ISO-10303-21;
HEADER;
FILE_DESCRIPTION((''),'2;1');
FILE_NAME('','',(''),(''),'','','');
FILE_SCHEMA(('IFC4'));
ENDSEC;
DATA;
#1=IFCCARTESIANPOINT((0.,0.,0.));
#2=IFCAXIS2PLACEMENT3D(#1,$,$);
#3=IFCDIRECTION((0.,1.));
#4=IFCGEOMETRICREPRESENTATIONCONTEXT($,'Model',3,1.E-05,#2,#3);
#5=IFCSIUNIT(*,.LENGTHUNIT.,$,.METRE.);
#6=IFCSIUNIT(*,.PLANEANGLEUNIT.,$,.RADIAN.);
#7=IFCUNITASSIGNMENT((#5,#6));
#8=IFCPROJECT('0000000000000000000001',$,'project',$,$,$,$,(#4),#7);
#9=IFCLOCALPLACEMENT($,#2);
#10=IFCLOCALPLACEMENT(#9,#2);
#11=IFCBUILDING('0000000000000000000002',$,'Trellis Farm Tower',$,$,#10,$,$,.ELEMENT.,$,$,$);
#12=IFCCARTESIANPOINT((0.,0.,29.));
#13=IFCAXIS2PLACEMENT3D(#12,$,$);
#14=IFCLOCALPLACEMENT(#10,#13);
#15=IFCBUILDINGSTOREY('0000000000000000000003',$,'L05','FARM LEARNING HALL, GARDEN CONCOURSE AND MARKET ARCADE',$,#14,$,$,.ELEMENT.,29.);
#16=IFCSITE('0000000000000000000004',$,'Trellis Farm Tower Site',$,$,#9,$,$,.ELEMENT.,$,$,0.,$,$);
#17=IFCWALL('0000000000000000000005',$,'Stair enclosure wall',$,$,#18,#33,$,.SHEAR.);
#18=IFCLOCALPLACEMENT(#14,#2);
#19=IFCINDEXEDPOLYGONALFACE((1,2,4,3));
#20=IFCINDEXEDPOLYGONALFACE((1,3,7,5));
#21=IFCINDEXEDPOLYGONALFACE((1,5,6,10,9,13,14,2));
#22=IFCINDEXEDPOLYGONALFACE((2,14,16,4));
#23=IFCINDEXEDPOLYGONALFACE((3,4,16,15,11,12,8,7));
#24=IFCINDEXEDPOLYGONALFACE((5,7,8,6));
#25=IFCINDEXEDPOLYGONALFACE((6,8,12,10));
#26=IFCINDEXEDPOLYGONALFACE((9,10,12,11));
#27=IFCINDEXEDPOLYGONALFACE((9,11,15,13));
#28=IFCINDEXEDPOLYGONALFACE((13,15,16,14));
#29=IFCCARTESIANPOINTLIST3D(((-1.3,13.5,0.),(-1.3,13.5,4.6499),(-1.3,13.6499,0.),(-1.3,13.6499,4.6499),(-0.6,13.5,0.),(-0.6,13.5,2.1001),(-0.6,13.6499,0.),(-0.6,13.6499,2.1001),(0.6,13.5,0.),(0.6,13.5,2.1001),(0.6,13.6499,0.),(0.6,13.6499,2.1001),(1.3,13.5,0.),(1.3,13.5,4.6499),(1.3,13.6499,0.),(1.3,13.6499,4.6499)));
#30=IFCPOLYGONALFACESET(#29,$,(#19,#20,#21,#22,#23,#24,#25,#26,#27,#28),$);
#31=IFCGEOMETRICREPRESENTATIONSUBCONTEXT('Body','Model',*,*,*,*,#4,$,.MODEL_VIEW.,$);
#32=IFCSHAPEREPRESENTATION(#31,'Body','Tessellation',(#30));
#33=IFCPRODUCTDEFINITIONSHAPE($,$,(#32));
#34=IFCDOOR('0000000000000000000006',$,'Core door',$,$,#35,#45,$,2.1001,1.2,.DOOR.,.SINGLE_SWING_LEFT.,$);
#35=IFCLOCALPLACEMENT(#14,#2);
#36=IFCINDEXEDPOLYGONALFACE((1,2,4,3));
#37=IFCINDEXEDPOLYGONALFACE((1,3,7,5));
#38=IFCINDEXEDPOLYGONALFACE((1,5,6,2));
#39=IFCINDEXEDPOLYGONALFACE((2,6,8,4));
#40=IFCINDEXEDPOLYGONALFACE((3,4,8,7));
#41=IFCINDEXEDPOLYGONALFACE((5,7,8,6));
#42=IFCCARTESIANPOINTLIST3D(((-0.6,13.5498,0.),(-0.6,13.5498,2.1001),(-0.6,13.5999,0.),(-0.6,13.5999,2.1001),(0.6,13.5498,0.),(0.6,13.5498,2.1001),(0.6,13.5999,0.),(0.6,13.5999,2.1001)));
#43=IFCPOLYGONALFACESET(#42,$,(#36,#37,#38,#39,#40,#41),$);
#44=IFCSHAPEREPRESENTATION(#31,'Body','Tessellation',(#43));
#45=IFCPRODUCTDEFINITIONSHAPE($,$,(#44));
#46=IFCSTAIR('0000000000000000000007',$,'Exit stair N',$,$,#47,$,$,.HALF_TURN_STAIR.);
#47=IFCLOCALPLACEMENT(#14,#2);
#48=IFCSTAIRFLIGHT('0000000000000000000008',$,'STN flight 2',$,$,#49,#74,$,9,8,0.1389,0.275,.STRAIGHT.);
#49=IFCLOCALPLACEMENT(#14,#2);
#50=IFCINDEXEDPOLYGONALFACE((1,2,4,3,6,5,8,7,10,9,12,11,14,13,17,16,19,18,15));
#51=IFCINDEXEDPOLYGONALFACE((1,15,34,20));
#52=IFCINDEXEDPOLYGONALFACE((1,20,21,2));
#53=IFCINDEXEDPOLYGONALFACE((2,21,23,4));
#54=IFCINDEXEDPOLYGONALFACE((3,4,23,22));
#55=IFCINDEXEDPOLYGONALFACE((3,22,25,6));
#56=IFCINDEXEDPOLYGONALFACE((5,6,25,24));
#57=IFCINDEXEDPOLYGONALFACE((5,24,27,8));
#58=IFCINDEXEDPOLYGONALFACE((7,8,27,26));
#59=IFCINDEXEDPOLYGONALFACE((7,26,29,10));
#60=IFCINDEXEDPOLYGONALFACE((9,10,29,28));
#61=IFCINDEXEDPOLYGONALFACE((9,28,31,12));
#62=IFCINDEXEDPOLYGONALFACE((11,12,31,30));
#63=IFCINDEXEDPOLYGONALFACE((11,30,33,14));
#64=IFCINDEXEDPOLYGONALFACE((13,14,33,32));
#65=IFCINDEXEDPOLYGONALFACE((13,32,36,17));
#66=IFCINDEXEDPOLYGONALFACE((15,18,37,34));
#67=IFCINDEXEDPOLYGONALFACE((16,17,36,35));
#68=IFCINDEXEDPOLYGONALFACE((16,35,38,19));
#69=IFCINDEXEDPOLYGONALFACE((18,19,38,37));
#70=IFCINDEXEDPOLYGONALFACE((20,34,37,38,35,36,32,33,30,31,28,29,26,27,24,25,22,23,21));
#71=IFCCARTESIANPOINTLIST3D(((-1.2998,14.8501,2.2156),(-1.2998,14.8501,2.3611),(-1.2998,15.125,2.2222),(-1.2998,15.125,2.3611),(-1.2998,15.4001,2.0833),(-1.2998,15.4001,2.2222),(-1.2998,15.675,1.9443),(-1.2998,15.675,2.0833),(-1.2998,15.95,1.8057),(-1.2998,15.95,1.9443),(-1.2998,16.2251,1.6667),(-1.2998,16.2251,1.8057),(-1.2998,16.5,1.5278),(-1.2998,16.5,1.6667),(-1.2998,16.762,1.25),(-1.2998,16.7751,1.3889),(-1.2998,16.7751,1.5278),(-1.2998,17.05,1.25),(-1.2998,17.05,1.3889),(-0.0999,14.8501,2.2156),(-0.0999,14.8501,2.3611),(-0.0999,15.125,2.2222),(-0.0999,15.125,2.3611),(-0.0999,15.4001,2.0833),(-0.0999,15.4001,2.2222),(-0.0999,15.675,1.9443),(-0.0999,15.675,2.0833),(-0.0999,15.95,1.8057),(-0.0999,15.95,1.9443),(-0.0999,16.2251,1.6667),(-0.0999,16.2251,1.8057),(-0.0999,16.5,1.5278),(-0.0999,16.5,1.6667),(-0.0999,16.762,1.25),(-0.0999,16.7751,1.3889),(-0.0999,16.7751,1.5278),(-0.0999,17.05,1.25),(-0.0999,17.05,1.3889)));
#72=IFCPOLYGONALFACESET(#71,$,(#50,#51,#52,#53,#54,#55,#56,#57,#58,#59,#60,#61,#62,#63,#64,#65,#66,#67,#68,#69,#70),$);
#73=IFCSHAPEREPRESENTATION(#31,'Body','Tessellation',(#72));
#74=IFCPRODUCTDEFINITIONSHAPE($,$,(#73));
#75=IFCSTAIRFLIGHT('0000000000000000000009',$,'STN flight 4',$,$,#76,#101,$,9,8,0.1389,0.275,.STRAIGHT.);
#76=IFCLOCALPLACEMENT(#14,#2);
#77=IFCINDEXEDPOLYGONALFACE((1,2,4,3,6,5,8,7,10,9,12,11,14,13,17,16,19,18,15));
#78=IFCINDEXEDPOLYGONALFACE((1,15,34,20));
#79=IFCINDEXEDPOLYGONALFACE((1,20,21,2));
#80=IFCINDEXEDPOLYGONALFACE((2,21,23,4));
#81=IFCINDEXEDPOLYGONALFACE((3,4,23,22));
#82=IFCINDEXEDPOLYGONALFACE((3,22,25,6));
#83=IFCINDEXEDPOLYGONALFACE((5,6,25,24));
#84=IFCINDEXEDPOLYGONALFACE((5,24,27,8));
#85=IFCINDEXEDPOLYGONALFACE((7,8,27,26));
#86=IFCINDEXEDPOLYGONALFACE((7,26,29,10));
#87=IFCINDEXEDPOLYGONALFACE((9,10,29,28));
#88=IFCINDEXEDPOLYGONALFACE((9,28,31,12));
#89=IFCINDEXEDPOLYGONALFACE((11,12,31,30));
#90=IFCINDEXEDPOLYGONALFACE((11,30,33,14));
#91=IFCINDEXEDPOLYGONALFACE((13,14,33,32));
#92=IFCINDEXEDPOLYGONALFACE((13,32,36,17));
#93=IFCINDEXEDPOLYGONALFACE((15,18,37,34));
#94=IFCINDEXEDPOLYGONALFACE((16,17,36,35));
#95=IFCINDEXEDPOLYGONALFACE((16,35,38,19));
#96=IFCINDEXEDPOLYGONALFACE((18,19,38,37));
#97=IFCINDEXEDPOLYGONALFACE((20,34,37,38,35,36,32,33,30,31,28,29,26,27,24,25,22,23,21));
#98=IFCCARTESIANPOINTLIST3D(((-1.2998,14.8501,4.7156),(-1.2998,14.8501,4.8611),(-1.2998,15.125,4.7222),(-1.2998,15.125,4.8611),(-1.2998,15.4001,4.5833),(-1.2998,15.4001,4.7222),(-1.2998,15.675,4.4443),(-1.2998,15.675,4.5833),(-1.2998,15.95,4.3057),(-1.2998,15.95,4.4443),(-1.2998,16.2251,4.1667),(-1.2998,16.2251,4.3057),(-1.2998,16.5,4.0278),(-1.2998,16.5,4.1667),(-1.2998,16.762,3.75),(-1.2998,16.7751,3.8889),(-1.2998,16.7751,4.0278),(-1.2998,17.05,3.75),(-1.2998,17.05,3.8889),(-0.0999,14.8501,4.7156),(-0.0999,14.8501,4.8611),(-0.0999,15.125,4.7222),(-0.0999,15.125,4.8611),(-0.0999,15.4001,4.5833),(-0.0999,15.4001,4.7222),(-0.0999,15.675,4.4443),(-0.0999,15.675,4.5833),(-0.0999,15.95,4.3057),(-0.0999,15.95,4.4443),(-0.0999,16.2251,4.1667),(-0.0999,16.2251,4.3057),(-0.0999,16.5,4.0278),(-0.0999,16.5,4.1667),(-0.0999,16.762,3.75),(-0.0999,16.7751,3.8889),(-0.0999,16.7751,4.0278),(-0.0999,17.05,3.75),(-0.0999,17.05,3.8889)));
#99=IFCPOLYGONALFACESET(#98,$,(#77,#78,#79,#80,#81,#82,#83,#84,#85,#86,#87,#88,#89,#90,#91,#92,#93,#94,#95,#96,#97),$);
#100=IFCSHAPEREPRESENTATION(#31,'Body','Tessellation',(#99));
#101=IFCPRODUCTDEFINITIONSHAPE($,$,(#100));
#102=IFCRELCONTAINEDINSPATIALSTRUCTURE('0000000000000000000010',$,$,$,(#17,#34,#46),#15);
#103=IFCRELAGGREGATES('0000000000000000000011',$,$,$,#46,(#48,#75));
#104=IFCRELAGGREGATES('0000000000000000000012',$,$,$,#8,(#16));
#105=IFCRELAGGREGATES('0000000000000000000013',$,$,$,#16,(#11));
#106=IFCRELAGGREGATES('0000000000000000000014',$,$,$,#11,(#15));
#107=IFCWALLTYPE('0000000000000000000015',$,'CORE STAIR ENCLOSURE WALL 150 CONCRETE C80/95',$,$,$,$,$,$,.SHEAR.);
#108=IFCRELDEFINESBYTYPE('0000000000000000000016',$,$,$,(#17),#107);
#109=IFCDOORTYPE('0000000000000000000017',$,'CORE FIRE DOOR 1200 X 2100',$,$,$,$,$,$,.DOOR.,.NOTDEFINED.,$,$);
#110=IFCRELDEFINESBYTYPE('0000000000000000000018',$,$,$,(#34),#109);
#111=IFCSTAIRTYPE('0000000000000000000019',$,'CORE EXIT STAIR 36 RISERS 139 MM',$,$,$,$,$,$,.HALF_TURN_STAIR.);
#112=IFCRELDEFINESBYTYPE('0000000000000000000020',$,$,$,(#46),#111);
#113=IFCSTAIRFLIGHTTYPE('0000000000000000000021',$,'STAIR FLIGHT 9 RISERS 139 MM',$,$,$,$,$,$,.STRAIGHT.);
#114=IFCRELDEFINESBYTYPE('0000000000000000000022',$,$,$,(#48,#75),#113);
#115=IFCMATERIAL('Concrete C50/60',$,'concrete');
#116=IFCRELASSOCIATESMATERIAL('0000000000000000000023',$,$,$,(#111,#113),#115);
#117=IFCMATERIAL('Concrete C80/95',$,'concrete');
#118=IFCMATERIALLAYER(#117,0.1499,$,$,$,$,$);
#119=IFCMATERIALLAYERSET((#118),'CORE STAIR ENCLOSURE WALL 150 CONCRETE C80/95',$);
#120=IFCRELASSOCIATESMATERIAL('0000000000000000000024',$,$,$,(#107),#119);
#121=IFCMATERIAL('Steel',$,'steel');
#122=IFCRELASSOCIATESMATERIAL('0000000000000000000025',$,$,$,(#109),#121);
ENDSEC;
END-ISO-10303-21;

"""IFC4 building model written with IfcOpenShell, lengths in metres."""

from ifc_helpers import new_model, si_unit, direction, frame, frame_2d, origin, place, context, subcontext, project, spatial, polyline, rectangle, outline, extrude, source, transform, mapped, material, layer, layer_set, type_object, element, fill, aggregate, save


model = new_model("IFC4")

# Units and contexts
model_context = context("Model", 3, precision=1e-05, world=origin(), true_north=direction((0.0, 1.0)))
body_context = subcontext(model_context, "Body", "Model", "MODEL_VIEW")
ifc_project = project(units=[si_unit("LENGTHUNIT", "METRE"), si_unit("PLANEANGLEUNIT", "RADIAN")], contexts=[model_context])

# Site, building, storey
site_placement = place(None, origin())
site = spatial("IfcSite", under=ifc_project, at=site_placement, Name="Trellis Farm Tower Site", CompositionType="ELEMENT", RefElevation=0.0)
building_placement = place(site_placement, origin())
building = spatial("IfcBuilding", under=site, at=building_placement, Name="Trellis Farm Tower", CompositionType="ELEMENT")
storey_placement = place(building_placement, frame((0.0, 0.0, 29.0)))
storey = spatial("IfcBuildingStorey", under=building, at=storey_placement, Name="L05", Description="FARM LEARNING HALL, GARDEN CONCOURSE AND MARKET ARCADE", CompositionType="ELEMENT", Elevation=29.0)

# Shared definitions
ifc_material_1 = material(Name="Concrete C80/95", Category="concrete")

# Shared definitions
ifc_material_2 = material(Name="Concrete C50/60", Category="concrete")
stair_type = type_object("IfcStairType", Name="CORE EXIT STAIR 36 RISERS 139 MM", PredefinedType="HALF_TURN_STAIR", material=ifc_material_2)
placement = place(storey_placement, origin())

# Wall, opening, door
ifc_layer_1 = layer(ifc_material_1, 0.1499)
ifc_layer_set_1 = layer_set([ifc_layer_1], Name="CORE STAIR ENCLOSURE WALL 150 CONCRETE C80/95")
wall_type_1 = type_object("IfcWallType", Name="CORE STAIR ENCLOSURE WALL 150 CONCRETE C80/95", PredefinedType="SHEAR", material=ifc_layer_set_1)
shared_shape_1 = source(origin(), body_context, "Body", "SweptSolid", [
    extrude(rectangle(XDim=2.6001, YDim=0.1499, at=frame_2d((1.3, 0.0))), origin(), (0.0, 0.0, 1.0), 4.6499),
])
wall_1_placement = place(storey_placement, frame((-1.3, 13.575, 0.0), z_axis=(0.0, 0.0, 1.0), x_axis=(1.0, 0.0, 0.0)))
wall_1 = element("IfcWall", 1, at=wall_1_placement, inside=storey, type_object=wall_type_1, Name="Stair enclosure wall", PredefinedType="SHEAR", context=body_context, shape_type="MappedRepresentation", body=[
    mapped(shared_shape_1, transform((0.0, 0.0, 0.0))),
])
shared_shape_2 = source(origin(), body_context, "Body", "SweptSolid", [
    extrude(rectangle(XDim=1.2, YDim=2.1001, at=frame_2d((0.6001, 1.05))), frame((0.0, 0.085, 0.0), z_axis=(0.0, -1.0, 0.0), x_axis=(1.0, 0.0, 0.0)), (0.0, 0.0, 1.0), 0.1699),
])
opening_placement = place(wall_1_placement, frame((0.7, 0.0, 0.0)))
opening = element("IfcOpeningElement", 2, at=opening_placement, cuts=wall_1, PredefinedType="OPENING", context=body_context, shape_type="MappedRepresentation", body=[
    mapped(shared_shape_2, transform((0.0, 0.0, 0.0))),
])
ifc_material_3 = material(Name="Steel", Category="steel")
door_type = type_object("IfcDoorType", Name="CORE FIRE DOOR 1200 X 2100", OperationType="NOTDEFINED", PredefinedType="DOOR", material=ifc_material_3)
shared_shape_3 = source(origin(), body_context, "Body", "SweptSolid", [
    extrude(rectangle(XDim=1.2, YDim=2.1001, at=frame_2d((0.6001, 1.05))), frame((0.0, 0.0249, 0.0), z_axis=(0.0, -1.0, 0.0), x_axis=(1.0, 0.0, 0.0)), (0.0, 0.0, 1.0), 0.05),
])
door_placement = place(opening_placement, origin())
door = element("IfcDoor", 3, at=door_placement, inside=storey, type_object=door_type, Name="Core door", OperationType="SINGLE_SWING_LEFT", OverallHeight=2.1001, OverallWidth=1.2, PredefinedType="DOOR", context=body_context, shape_type="MappedRepresentation", body=[
    mapped(shared_shape_3, transform((0.0, 0.0, 0.0))),
])
fill(opening, door)

# Stair, stair flights
stair_1 = element("IfcStair", 4, at=placement, inside=storey, type_object=stair_type, Name="Exit stair N", PredefinedType="HALF_TURN_STAIR")
stair_flight_type = type_object("IfcStairFlightType", Name="STAIR FLIGHT 9 RISERS 139 MM", PredefinedType="STRAIGHT", material=ifc_material_2)
shared_shape_4 = source(origin(), body_context, "Body", "SweptSolid", [
    extrude(outline(polyline([(0.0, 0.0), (0.0, 0.1389), (0.2749, 0.1389), (0.2749, 0.2778), (0.55, 0.2778), (0.55, 0.4167), (0.825, 0.4167), (0.825, 0.5557), (1.1001, 0.5557), (1.1001, 0.6943), (1.375, 0.6943), (1.375, 0.8333), (1.6499, 0.8333), (1.6499, 0.9722), (1.925, 0.9722), (1.925, 1.1111), (2.2, 1.1111), (2.2, 1.25), (2.2, 0.9656), (0.2881, 0.0), (0.0, 0.0)])), frame((0.0, 0.6001, 0.0), z_axis=(0.0, -1.0, 0.0), x_axis=(1.0, 0.0, 0.0)), (0.0, 0.0, 1.0), 1.2),
])
stair_flight_1_placement = place(storey_placement, frame((-0.7, 17.05, 1.25), z_axis=(0.0, 0.0, 1.0), x_axis=(0.0, -1.0, 0.0)))
stair_flight_1 = element("IfcStairFlight", 5, at=stair_flight_1_placement, type_object=stair_flight_type, Name="STN flight 2", NumberOfRisers=9, NumberOfTreads=8, PredefinedType="STRAIGHT", RiserHeight=0.1389, TreadLength=0.275, context=body_context, shape_type="MappedRepresentation", body=[
    mapped(shared_shape_4, transform((0.0, 0.0, 0.0))),
])
stair_flight_2_placement = place(storey_placement, frame((-0.7, 17.05, 3.75), z_axis=(0.0, 0.0, 1.0), x_axis=(0.0, -1.0, 0.0)))
stair_flight_2 = element("IfcStairFlight", 6, at=stair_flight_2_placement, type_object=stair_flight_type, Name="STN flight 4", NumberOfRisers=9, NumberOfTreads=8, PredefinedType="STRAIGHT", RiserHeight=0.1389, TreadLength=0.275, context=body_context, shape_type="MappedRepresentation", body=[
    mapped(shared_shape_4, transform((0.0, 0.0, 0.0))),
])
aggregate(stair_1, [stair_flight_1, stair_flight_2])

save(model, "model.ifc")
